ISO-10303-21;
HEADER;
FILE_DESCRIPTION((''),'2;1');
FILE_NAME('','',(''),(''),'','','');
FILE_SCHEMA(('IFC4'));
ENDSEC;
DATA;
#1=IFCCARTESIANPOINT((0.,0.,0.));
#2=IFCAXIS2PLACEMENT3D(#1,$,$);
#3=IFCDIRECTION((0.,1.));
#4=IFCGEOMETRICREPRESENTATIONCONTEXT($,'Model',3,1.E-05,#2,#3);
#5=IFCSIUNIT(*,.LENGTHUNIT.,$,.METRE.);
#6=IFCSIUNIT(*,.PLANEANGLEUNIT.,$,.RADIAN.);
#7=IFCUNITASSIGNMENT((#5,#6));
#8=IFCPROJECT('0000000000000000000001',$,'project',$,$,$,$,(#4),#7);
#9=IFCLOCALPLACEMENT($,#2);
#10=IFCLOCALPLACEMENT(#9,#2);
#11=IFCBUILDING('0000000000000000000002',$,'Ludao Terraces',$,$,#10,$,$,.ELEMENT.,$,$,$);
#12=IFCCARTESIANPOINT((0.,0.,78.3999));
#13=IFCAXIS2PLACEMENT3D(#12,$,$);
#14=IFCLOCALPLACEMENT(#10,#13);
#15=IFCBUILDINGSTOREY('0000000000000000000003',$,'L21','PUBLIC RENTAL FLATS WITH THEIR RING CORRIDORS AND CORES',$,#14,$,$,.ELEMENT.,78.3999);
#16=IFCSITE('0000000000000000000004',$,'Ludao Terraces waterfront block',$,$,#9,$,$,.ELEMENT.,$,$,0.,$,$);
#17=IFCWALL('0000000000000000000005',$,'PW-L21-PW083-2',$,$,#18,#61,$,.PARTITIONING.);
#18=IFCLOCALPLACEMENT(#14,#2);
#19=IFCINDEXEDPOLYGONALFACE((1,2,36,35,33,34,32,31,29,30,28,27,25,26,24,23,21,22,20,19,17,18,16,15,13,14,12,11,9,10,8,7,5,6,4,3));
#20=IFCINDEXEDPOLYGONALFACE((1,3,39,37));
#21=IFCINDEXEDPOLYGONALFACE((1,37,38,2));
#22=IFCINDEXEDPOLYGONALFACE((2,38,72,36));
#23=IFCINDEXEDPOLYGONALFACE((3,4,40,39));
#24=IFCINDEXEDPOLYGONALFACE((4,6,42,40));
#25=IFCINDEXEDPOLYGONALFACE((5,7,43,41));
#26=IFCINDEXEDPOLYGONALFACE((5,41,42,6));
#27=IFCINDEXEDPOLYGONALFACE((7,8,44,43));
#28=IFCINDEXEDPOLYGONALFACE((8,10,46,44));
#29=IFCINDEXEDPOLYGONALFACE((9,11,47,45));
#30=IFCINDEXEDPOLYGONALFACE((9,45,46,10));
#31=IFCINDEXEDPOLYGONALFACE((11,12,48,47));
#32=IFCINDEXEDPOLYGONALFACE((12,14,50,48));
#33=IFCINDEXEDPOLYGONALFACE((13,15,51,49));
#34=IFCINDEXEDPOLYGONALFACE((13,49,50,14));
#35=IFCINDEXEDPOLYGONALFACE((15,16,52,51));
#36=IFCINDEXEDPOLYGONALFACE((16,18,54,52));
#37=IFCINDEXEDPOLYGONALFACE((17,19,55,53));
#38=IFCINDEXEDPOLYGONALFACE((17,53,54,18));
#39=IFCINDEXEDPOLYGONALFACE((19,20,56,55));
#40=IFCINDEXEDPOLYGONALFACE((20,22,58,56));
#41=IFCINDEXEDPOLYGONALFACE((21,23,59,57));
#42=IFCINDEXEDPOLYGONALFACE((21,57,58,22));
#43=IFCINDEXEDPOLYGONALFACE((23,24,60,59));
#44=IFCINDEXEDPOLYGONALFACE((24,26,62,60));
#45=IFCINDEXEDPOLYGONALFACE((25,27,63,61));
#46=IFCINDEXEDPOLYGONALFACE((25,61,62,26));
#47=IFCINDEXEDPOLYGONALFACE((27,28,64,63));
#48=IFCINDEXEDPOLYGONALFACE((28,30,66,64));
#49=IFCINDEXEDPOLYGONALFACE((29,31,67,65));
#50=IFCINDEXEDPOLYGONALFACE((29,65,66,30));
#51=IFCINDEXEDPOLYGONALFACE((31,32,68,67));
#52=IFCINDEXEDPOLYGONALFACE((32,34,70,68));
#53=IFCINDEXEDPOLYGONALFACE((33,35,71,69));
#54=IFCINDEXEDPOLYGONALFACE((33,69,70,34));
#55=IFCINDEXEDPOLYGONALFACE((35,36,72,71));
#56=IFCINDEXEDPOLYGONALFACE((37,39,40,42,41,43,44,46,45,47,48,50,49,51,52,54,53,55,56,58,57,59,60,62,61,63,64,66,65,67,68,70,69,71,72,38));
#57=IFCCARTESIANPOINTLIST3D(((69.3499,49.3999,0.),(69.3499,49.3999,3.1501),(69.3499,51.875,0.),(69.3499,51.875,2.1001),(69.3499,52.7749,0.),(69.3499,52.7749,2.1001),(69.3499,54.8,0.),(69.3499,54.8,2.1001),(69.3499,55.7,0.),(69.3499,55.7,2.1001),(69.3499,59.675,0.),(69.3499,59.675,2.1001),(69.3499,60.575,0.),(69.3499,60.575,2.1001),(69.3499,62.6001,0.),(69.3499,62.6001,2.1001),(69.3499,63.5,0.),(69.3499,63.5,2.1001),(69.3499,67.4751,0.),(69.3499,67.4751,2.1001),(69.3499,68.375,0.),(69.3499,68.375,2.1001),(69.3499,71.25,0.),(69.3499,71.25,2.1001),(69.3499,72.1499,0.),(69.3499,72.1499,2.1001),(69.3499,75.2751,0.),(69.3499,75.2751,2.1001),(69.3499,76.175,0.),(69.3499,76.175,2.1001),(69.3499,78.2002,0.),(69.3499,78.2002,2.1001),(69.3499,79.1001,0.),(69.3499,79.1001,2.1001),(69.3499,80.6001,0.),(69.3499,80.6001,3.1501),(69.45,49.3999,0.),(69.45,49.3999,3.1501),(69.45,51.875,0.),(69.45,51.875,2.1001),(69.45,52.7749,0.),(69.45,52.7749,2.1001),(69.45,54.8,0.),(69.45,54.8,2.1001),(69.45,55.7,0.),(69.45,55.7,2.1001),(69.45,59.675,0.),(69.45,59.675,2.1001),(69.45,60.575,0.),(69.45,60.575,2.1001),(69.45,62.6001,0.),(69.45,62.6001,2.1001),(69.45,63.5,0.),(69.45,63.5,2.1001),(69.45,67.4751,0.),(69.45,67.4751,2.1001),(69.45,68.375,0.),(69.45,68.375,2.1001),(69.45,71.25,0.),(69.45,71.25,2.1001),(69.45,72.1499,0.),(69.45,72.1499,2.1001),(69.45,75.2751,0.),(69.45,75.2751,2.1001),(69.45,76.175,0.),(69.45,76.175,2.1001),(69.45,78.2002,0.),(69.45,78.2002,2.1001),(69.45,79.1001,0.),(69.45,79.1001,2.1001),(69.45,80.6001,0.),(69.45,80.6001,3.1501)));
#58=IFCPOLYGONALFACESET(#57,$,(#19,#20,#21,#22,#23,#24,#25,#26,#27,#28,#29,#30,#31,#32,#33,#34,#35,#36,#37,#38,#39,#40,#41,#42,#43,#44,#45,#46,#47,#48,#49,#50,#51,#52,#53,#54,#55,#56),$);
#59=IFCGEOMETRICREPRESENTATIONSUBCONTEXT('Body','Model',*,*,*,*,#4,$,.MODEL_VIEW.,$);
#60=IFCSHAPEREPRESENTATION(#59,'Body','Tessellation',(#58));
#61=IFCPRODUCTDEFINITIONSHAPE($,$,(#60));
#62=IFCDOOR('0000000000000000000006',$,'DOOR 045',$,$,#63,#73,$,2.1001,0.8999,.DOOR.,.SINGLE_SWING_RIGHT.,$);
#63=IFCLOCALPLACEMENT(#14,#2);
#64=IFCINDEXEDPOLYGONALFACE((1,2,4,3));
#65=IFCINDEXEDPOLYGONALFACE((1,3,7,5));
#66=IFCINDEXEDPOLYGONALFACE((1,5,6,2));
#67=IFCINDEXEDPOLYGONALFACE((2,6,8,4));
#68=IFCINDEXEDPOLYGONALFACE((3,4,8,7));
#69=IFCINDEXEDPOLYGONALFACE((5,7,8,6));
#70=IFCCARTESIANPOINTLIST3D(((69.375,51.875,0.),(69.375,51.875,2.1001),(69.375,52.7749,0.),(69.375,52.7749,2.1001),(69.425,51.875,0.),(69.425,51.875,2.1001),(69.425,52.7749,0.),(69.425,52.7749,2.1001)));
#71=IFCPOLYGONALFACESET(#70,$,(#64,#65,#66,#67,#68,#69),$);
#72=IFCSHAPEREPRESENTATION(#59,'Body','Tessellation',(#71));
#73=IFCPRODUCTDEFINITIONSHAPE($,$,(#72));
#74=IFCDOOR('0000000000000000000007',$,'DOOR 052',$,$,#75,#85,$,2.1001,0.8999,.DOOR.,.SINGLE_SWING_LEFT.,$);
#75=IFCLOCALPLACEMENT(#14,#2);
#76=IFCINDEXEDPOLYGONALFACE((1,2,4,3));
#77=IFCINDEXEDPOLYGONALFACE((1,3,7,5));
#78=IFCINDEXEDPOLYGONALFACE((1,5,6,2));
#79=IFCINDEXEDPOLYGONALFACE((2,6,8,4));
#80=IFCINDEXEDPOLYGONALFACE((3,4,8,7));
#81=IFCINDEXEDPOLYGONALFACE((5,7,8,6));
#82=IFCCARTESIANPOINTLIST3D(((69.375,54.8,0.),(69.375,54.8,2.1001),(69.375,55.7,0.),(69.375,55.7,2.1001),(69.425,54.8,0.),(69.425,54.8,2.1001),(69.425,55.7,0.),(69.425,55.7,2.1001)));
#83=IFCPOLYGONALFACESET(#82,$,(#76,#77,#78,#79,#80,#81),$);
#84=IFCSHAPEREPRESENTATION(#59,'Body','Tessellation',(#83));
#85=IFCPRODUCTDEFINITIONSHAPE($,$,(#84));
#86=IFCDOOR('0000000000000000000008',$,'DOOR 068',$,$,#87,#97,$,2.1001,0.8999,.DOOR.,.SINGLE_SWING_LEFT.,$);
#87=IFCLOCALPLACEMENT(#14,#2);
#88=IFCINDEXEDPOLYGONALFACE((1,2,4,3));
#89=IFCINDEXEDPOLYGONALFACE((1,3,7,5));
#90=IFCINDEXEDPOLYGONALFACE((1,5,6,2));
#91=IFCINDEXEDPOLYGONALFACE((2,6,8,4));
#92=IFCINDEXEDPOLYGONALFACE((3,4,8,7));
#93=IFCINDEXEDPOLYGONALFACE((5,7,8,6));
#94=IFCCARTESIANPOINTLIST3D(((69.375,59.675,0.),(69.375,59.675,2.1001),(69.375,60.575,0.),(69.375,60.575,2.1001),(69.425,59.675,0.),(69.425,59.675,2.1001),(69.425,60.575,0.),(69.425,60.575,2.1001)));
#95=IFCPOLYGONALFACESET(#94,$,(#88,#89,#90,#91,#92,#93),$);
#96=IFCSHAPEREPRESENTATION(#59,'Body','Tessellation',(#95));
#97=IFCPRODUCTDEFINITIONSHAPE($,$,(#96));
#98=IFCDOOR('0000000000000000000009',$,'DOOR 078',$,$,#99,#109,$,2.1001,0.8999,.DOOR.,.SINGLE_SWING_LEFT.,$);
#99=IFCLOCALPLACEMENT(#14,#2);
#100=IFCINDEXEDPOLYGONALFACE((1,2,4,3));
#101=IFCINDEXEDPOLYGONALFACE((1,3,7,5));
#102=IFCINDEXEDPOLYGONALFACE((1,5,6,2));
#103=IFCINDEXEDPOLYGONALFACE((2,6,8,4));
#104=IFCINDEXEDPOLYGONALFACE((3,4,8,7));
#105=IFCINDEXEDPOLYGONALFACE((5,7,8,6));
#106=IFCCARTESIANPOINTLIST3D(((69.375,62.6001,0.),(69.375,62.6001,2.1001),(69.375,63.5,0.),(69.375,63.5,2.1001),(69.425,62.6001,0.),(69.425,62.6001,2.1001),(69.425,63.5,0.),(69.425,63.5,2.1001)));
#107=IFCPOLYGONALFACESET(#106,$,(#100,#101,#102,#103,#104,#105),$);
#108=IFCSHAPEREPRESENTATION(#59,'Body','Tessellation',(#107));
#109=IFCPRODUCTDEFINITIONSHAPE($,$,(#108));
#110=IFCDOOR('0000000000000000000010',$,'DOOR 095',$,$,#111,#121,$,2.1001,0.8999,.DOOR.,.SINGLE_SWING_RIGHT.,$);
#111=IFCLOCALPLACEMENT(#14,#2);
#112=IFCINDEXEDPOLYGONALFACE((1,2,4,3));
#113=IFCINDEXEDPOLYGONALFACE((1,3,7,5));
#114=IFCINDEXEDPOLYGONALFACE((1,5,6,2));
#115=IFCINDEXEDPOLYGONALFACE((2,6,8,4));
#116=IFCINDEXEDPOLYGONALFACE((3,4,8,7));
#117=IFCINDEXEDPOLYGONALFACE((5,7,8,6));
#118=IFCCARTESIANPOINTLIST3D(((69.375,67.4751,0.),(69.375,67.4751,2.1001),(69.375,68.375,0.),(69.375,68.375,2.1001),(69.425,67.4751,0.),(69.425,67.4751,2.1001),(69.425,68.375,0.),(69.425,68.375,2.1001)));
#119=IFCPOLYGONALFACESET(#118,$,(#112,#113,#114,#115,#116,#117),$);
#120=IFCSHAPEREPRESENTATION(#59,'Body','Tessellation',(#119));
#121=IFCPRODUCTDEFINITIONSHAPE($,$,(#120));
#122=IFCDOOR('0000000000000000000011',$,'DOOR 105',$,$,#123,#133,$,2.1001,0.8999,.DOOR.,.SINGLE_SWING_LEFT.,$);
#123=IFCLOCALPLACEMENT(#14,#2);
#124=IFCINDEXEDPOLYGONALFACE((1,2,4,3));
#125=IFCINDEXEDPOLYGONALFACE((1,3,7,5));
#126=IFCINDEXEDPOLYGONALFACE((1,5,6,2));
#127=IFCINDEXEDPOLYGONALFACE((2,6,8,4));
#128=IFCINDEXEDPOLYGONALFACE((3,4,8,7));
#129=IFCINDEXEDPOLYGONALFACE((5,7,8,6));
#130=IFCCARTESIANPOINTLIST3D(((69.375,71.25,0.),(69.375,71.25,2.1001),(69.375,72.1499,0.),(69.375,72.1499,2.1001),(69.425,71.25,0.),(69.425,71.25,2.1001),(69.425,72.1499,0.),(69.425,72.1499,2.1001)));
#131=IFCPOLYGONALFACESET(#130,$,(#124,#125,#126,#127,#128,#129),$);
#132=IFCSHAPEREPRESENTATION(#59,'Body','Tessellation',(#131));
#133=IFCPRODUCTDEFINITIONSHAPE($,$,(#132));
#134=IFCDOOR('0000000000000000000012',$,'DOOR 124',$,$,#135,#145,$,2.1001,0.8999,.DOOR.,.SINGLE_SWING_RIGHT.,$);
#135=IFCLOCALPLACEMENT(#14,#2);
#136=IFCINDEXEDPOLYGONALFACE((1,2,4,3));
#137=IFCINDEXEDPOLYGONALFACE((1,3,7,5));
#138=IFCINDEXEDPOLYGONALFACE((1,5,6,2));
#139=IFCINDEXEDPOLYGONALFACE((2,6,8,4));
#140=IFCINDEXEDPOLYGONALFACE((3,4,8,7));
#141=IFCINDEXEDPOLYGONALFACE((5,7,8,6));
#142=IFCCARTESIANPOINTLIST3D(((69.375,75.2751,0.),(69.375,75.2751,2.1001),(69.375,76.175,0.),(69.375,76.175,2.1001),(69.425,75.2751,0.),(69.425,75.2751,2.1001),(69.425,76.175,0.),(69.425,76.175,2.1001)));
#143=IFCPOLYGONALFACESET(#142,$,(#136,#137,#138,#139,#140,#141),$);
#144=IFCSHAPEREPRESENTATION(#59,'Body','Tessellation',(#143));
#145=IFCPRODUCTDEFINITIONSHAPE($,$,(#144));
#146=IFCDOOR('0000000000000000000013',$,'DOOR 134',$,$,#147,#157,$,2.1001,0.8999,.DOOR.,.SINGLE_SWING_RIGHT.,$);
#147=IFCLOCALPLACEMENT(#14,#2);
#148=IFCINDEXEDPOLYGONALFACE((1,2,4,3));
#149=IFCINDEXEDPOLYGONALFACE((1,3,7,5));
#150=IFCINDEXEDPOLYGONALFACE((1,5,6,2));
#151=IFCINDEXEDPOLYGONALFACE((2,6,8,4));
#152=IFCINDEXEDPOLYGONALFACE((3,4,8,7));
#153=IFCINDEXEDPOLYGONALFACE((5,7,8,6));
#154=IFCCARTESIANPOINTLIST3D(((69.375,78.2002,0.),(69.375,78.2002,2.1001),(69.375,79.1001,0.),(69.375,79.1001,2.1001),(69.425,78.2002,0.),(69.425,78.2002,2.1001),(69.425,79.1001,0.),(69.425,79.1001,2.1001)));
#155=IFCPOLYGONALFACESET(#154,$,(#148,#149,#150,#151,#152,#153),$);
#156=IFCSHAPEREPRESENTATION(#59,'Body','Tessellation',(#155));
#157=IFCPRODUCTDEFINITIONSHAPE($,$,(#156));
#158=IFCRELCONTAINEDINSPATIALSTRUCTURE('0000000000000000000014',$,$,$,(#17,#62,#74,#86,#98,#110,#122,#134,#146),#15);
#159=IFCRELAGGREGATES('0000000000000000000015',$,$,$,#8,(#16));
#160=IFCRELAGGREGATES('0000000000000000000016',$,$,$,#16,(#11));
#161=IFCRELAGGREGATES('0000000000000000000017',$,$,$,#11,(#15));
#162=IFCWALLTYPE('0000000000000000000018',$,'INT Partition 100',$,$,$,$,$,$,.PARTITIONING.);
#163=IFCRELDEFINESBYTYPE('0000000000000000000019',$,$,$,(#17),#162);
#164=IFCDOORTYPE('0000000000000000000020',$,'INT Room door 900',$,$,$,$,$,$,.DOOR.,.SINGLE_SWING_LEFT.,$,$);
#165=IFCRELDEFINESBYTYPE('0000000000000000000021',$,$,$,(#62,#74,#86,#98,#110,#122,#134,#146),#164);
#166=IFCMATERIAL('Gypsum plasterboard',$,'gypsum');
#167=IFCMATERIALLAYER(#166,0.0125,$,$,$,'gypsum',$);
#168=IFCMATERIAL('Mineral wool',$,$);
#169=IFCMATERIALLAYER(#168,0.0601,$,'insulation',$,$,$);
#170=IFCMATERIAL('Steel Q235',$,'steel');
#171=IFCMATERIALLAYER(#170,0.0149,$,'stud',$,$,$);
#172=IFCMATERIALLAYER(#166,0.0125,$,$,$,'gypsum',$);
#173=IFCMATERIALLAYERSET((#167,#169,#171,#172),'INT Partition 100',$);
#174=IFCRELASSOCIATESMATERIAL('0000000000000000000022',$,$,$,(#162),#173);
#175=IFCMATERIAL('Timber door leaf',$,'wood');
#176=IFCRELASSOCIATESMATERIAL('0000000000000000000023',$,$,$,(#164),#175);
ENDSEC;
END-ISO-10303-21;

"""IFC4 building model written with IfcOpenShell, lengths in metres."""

from ifc_helpers import new_model, si_unit, direction, frame, frame_2d, origin, place, context, subcontext, project, spatial, rectangle, extrude, material, layer, layer_set, type_object, element, fill, save


model = new_model("IFC4")

# Units and contexts
model_context = context("Model", 3, precision=1e-05, world=origin(), true_north=direction((0.0, 1.0)))
body_context = subcontext(model_context, "Body", "Model", "MODEL_VIEW")
ifc_project = project(units=[si_unit("LENGTHUNIT", "METRE"), si_unit("PLANEANGLEUNIT", "RADIAN")], contexts=[model_context])

# Site, building, storey
site_placement = place(None, origin())
site = spatial("IfcSite", under=ifc_project, at=site_placement, Name="Ludao Terraces waterfront block", CompositionType="ELEMENT", RefElevation=0.0)
building_placement = place(site_placement, origin())
building = spatial("IfcBuilding", under=site, at=building_placement, Name="Ludao Terraces", CompositionType="ELEMENT")
storey_placement = place(building_placement, frame((0.0, 0.0, 78.3999)))
storey = spatial("IfcBuildingStorey", under=building, at=storey_placement, Name="L21", Description="PUBLIC RENTAL FLATS WITH THEIR RING CORRIDORS AND CORES", CompositionType="ELEMENT", Elevation=78.3999)

# Shared definitions
ifc_material_1 = material(Name="Gypsum plasterboard", Category="gypsum")
ifc_layer_1 = layer(ifc_material_1, 0.0125, Category="gypsum")
ifc_material_2 = material(Name="Mineral wool")
ifc_layer_2 = layer(ifc_material_2, 0.0601, Name="insulation")
ifc_material_3 = material(Name="Steel Q235", Category="steel")
ifc_layer_3 = layer(ifc_material_3, 0.0149, Name="stud")
ifc_layer_4 = layer(ifc_material_1, 0.0125, Category="gypsum")
ifc_layer_set = layer_set([ifc_layer_1, ifc_layer_2, ifc_layer_3, ifc_layer_4], Name="INT Partition 100")
wall_type = type_object("IfcWallType", Name="INT Partition 100", PredefinedType="PARTITIONING", material=ifc_layer_set)

# Wall, openings, doors
ifc_material_4 = material(Name="Timber door leaf", Category="wood")
door_type_1 = type_object("IfcDoorType", Name="INT Room door 900", OperationType="SINGLE_SWING_LEFT", PredefinedType="DOOR", material=ifc_material_4)
wall_1_placement = place(storey_placement, frame((69.3999, 49.3999, 0.0), z_axis=(0.0, 0.0, 1.0), x_axis=(0.0, 1.0, 0.0)))
wall_1 = element("IfcWall", 1, at=wall_1_placement, inside=storey, type_object=wall_type, Name="PW-L21-PW083-2", PredefinedType="PARTITIONING", context=body_context, shape_type="SweptSolid", body=[
    extrude(rectangle(XDim=31.2002, YDim=0.1001, at=frame_2d((15.6001, 0.0))), origin(), (0.0, 0.0, 1.0), 3.1501),
])
opening_1_placement = place(wall_1_placement, frame((2.4751, 0.0, 0.0)))
opening_1 = element("IfcOpeningElement", 2, at=opening_1_placement, cuts=wall_1, PredefinedType="OPENING", context=body_context, shape_type="SweptSolid", body=[
    extrude(rectangle(XDim=0.8999, YDim=2.1001, at=frame_2d((0.45, 1.05))), frame((0.0, 0.0601, 0.0), z_axis=(0.0, -1.0, 0.0), x_axis=(1.0, 0.0, 0.0)), (0.0, 0.0, 1.0), 0.1201),
])
opening_2_placement = place(wall_1_placement, frame((5.4001, 0.0, 0.0)))
opening_2 = element("IfcOpeningElement", 3, at=opening_2_placement, cuts=wall_1, PredefinedType="OPENING", context=body_context, shape_type="SweptSolid", body=[
    extrude(rectangle(XDim=0.8999, YDim=2.1001, at=frame_2d((0.45, 1.05))), frame((0.0, 0.0601, 0.0), z_axis=(0.0, -1.0, 0.0), x_axis=(1.0, 0.0, 0.0)), (0.0, 0.0, 1.0), 0.1201),
])
opening_3_placement = place(wall_1_placement, frame((10.2751, 0.0, 0.0)))
opening_3 = element("IfcOpeningElement", 4, at=opening_3_placement, cuts=wall_1, PredefinedType="OPENING", context=body_context, shape_type="SweptSolid", body=[
    extrude(rectangle(XDim=0.8999, YDim=2.1001, at=frame_2d((0.45, 1.05))), frame((0.0, 0.0601, 0.0), z_axis=(0.0, -1.0, 0.0), x_axis=(1.0, 0.0, 0.0)), (0.0, 0.0, 1.0), 0.1201),
])
opening_4_placement = place(wall_1_placement, frame((13.2002, 0.0, 0.0)))
opening_4 = element("IfcOpeningElement", 5, at=opening_4_placement, cuts=wall_1, PredefinedType="OPENING", context=body_context, shape_type="SweptSolid", body=[
    extrude(rectangle(XDim=0.8999, YDim=2.1001, at=frame_2d((0.45, 1.05))), frame((0.0, 0.0601, 0.0), z_axis=(0.0, -1.0, 0.0), x_axis=(1.0, 0.0, 0.0)), (0.0, 0.0, 1.0), 0.1201),
])
opening_5_placement = place(wall_1_placement, frame((18.0752, 0.0, 0.0)))
opening_5 = element("IfcOpeningElement", 6, at=opening_5_placement, cuts=wall_1, PredefinedType="OPENING", context=body_context, shape_type="SweptSolid", body=[
    extrude(rectangle(XDim=0.8999, YDim=2.1001, at=frame_2d((0.45, 1.05))), frame((0.0, 0.0601, 0.0), z_axis=(0.0, -1.0, 0.0), x_axis=(1.0, 0.0, 0.0)), (0.0, 0.0, 1.0), 0.1201),
])
opening_6_placement = place(wall_1_placement, frame((21.8501, 0.0, 0.0)))
opening_6 = element("IfcOpeningElement", 7, at=opening_6_placement, cuts=wall_1, PredefinedType="OPENING", context=body_context, shape_type="SweptSolid", body=[
    extrude(rectangle(XDim=0.8999, YDim=2.1001, at=frame_2d((0.45, 1.05))), frame((0.0, 0.0601, 0.0), z_axis=(0.0, -1.0, 0.0), x_axis=(1.0, 0.0, 0.0)), (0.0, 0.0, 1.0), 0.1201),
])
opening_7_placement = place(wall_1_placement, frame((25.8752, 0.0, 0.0)))
opening_7 = element("IfcOpeningElement", 8, at=opening_7_placement, cuts=wall_1, PredefinedType="OPENING", context=body_context, shape_type="SweptSolid", body=[
    extrude(rectangle(XDim=0.8999, YDim=2.1001, at=frame_2d((0.45, 1.05))), frame((0.0, 0.0601, 0.0), z_axis=(0.0, -1.0, 0.0), x_axis=(1.0, 0.0, 0.0)), (0.0, 0.0, 1.0), 0.1201),
])
opening_8_placement = place(wall_1_placement, frame((28.8003, 0.0, 0.0)))
opening_8 = element("IfcOpeningElement", 9, at=opening_8_placement, cuts=wall_1, PredefinedType="OPENING", context=body_context, shape_type="SweptSolid", body=[
    extrude(rectangle(XDim=0.8999, YDim=2.1001, at=frame_2d((0.45, 1.05))), frame((0.0, 0.0601, 0.0), z_axis=(0.0, -1.0, 0.0), x_axis=(1.0, 0.0, 0.0)), (0.0, 0.0, 1.0), 0.1201),
])
door_1_placement = place(opening_1_placement, origin())
door_1 = element("IfcDoor", 10, at=door_1_placement, inside=storey, type_object=door_type_1, Name="DOOR 045", OperationType="SINGLE_SWING_RIGHT", OverallHeight=2.1001, OverallWidth=0.8999, PredefinedType="DOOR", context=body_context, shape_type="SweptSolid", body=[
    extrude(rectangle(XDim=0.8999, YDim=2.1001, at=frame_2d((0.45, 1.05))), frame((0.0, 0.0249, 0.0), z_axis=(0.0, -1.0, 0.0), x_axis=(1.0, 0.0, 0.0)), (0.0, 0.0, 1.0), 0.05),
])
fill(opening_1, door_1)
door_2_placement = place(opening_2_placement, origin())
door_2 = element("IfcDoor", 11, at=door_2_placement, inside=storey, type_object=door_type_1, Name="DOOR 052", OperationType="SINGLE_SWING_LEFT", OverallHeight=2.1001, OverallWidth=0.8999, PredefinedType="DOOR", context=body_context, shape_type="SweptSolid", body=[
    extrude(rectangle(XDim=0.8999, YDim=2.1001, at=frame_2d((0.45, 1.05))), frame((0.0, 0.0249, 0.0), z_axis=(0.0, -1.0, 0.0), x_axis=(1.0, 0.0, 0.0)), (0.0, 0.0, 1.0), 0.05),
])
fill(opening_2, door_2)
door_3_placement = place(opening_3_placement, origin())
door_3 = element("IfcDoor", 12, at=door_3_placement, inside=storey, type_object=door_type_1, Name="DOOR 068", OperationType="SINGLE_SWING_LEFT", OverallHeight=2.1001, OverallWidth=0.8999, PredefinedType="DOOR", context=body_context, shape_type="SweptSolid", body=[
    extrude(rectangle(XDim=0.8999, YDim=2.1001, at=frame_2d((0.45, 1.05))), frame((0.0, 0.0249, 0.0), z_axis=(0.0, -1.0, 0.0), x_axis=(1.0, 0.0, 0.0)), (0.0, 0.0, 1.0), 0.05),
])
fill(opening_3, door_3)
door_4_placement = place(opening_4_placement, origin())
door_4 = element("IfcDoor", 13, at=door_4_placement, inside=storey, type_object=door_type_1, Name="DOOR 078", OperationType="SINGLE_SWING_LEFT", OverallHeight=2.1001, OverallWidth=0.8999, PredefinedType="DOOR", context=body_context, shape_type="SweptSolid", body=[
    extrude(rectangle(XDim=0.8999, YDim=2.1001, at=frame_2d((0.45, 1.05))), frame((0.0, 0.0249, 0.0), z_axis=(0.0, -1.0, 0.0), x_axis=(1.0, 0.0, 0.0)), (0.0, 0.0, 1.0), 0.05),
])
fill(opening_4, door_4)
door_5_placement = place(opening_5_placement, origin())
door_5 = element("IfcDoor", 14, at=door_5_placement, inside=storey, type_object=door_type_1, Name="DOOR 095", OperationType="SINGLE_SWING_RIGHT", OverallHeight=2.1001, OverallWidth=0.8999, PredefinedType="DOOR", context=body_context, shape_type="SweptSolid", body=[
    extrude(rectangle(XDim=0.8999, YDim=2.1001, at=frame_2d((0.45, 1.05))), frame((0.0, 0.0249, 0.0), z_axis=(0.0, -1.0, 0.0), x_axis=(1.0, 0.0, 0.0)), (0.0, 0.0, 1.0), 0.05),
])
fill(opening_5, door_5)
door_6_placement = place(opening_6_placement, origin())
door_6 = element("IfcDoor", 15, at=door_6_placement, inside=storey, type_object=door_type_1, Name="DOOR 105", OperationType="SINGLE_SWING_LEFT", OverallHeight=2.1001, OverallWidth=0.8999, PredefinedType="DOOR", context=body_context, shape_type="SweptSolid", body=[
    extrude(rectangle(XDim=0.8999, YDim=2.1001, at=frame_2d((0.45, 1.05))), frame((0.0, 0.0249, 0.0), z_axis=(0.0, -1.0, 0.0), x_axis=(1.0, 0.0, 0.0)), (0.0, 0.0, 1.0), 0.05),
])
fill(opening_6, door_6)
door_7_placement = place(opening_7_placement, origin())
door_7 = element("IfcDoor", 16, at=door_7_placement, inside=storey, type_object=door_type_1, Name="DOOR 124", OperationType="SINGLE_SWING_RIGHT", OverallHeight=2.1001, OverallWidth=0.8999, PredefinedType="DOOR", context=body_context, shape_type="SweptSolid", body=[
    extrude(rectangle(XDim=0.8999, YDim=2.1001, at=frame_2d((0.45, 1.05))), frame((0.0, 0.0249, 0.0), z_axis=(0.0, -1.0, 0.0), x_axis=(1.0, 0.0, 0.0)), (0.0, 0.0, 1.0), 0.05),
])
fill(opening_7, door_7)
door_8_placement = place(opening_8_placement, origin())
door_8 = element("IfcDoor", 17, at=door_8_placement, inside=storey, type_object=door_type_1, Name="DOOR 134", OperationType="SINGLE_SWING_RIGHT", OverallHeight=2.1001, OverallWidth=0.8999, PredefinedType="DOOR", context=body_context, shape_type="SweptSolid", body=[
    extrude(rectangle(XDim=0.8999, YDim=2.1001, at=frame_2d((0.45, 1.05))), frame((0.0, 0.0249, 0.0), z_axis=(0.0, -1.0, 0.0), x_axis=(1.0, 0.0, 0.0)), (0.0, 0.0, 1.0), 0.05),
])
fill(opening_8, door_8)

save(model, "model.ifc")
